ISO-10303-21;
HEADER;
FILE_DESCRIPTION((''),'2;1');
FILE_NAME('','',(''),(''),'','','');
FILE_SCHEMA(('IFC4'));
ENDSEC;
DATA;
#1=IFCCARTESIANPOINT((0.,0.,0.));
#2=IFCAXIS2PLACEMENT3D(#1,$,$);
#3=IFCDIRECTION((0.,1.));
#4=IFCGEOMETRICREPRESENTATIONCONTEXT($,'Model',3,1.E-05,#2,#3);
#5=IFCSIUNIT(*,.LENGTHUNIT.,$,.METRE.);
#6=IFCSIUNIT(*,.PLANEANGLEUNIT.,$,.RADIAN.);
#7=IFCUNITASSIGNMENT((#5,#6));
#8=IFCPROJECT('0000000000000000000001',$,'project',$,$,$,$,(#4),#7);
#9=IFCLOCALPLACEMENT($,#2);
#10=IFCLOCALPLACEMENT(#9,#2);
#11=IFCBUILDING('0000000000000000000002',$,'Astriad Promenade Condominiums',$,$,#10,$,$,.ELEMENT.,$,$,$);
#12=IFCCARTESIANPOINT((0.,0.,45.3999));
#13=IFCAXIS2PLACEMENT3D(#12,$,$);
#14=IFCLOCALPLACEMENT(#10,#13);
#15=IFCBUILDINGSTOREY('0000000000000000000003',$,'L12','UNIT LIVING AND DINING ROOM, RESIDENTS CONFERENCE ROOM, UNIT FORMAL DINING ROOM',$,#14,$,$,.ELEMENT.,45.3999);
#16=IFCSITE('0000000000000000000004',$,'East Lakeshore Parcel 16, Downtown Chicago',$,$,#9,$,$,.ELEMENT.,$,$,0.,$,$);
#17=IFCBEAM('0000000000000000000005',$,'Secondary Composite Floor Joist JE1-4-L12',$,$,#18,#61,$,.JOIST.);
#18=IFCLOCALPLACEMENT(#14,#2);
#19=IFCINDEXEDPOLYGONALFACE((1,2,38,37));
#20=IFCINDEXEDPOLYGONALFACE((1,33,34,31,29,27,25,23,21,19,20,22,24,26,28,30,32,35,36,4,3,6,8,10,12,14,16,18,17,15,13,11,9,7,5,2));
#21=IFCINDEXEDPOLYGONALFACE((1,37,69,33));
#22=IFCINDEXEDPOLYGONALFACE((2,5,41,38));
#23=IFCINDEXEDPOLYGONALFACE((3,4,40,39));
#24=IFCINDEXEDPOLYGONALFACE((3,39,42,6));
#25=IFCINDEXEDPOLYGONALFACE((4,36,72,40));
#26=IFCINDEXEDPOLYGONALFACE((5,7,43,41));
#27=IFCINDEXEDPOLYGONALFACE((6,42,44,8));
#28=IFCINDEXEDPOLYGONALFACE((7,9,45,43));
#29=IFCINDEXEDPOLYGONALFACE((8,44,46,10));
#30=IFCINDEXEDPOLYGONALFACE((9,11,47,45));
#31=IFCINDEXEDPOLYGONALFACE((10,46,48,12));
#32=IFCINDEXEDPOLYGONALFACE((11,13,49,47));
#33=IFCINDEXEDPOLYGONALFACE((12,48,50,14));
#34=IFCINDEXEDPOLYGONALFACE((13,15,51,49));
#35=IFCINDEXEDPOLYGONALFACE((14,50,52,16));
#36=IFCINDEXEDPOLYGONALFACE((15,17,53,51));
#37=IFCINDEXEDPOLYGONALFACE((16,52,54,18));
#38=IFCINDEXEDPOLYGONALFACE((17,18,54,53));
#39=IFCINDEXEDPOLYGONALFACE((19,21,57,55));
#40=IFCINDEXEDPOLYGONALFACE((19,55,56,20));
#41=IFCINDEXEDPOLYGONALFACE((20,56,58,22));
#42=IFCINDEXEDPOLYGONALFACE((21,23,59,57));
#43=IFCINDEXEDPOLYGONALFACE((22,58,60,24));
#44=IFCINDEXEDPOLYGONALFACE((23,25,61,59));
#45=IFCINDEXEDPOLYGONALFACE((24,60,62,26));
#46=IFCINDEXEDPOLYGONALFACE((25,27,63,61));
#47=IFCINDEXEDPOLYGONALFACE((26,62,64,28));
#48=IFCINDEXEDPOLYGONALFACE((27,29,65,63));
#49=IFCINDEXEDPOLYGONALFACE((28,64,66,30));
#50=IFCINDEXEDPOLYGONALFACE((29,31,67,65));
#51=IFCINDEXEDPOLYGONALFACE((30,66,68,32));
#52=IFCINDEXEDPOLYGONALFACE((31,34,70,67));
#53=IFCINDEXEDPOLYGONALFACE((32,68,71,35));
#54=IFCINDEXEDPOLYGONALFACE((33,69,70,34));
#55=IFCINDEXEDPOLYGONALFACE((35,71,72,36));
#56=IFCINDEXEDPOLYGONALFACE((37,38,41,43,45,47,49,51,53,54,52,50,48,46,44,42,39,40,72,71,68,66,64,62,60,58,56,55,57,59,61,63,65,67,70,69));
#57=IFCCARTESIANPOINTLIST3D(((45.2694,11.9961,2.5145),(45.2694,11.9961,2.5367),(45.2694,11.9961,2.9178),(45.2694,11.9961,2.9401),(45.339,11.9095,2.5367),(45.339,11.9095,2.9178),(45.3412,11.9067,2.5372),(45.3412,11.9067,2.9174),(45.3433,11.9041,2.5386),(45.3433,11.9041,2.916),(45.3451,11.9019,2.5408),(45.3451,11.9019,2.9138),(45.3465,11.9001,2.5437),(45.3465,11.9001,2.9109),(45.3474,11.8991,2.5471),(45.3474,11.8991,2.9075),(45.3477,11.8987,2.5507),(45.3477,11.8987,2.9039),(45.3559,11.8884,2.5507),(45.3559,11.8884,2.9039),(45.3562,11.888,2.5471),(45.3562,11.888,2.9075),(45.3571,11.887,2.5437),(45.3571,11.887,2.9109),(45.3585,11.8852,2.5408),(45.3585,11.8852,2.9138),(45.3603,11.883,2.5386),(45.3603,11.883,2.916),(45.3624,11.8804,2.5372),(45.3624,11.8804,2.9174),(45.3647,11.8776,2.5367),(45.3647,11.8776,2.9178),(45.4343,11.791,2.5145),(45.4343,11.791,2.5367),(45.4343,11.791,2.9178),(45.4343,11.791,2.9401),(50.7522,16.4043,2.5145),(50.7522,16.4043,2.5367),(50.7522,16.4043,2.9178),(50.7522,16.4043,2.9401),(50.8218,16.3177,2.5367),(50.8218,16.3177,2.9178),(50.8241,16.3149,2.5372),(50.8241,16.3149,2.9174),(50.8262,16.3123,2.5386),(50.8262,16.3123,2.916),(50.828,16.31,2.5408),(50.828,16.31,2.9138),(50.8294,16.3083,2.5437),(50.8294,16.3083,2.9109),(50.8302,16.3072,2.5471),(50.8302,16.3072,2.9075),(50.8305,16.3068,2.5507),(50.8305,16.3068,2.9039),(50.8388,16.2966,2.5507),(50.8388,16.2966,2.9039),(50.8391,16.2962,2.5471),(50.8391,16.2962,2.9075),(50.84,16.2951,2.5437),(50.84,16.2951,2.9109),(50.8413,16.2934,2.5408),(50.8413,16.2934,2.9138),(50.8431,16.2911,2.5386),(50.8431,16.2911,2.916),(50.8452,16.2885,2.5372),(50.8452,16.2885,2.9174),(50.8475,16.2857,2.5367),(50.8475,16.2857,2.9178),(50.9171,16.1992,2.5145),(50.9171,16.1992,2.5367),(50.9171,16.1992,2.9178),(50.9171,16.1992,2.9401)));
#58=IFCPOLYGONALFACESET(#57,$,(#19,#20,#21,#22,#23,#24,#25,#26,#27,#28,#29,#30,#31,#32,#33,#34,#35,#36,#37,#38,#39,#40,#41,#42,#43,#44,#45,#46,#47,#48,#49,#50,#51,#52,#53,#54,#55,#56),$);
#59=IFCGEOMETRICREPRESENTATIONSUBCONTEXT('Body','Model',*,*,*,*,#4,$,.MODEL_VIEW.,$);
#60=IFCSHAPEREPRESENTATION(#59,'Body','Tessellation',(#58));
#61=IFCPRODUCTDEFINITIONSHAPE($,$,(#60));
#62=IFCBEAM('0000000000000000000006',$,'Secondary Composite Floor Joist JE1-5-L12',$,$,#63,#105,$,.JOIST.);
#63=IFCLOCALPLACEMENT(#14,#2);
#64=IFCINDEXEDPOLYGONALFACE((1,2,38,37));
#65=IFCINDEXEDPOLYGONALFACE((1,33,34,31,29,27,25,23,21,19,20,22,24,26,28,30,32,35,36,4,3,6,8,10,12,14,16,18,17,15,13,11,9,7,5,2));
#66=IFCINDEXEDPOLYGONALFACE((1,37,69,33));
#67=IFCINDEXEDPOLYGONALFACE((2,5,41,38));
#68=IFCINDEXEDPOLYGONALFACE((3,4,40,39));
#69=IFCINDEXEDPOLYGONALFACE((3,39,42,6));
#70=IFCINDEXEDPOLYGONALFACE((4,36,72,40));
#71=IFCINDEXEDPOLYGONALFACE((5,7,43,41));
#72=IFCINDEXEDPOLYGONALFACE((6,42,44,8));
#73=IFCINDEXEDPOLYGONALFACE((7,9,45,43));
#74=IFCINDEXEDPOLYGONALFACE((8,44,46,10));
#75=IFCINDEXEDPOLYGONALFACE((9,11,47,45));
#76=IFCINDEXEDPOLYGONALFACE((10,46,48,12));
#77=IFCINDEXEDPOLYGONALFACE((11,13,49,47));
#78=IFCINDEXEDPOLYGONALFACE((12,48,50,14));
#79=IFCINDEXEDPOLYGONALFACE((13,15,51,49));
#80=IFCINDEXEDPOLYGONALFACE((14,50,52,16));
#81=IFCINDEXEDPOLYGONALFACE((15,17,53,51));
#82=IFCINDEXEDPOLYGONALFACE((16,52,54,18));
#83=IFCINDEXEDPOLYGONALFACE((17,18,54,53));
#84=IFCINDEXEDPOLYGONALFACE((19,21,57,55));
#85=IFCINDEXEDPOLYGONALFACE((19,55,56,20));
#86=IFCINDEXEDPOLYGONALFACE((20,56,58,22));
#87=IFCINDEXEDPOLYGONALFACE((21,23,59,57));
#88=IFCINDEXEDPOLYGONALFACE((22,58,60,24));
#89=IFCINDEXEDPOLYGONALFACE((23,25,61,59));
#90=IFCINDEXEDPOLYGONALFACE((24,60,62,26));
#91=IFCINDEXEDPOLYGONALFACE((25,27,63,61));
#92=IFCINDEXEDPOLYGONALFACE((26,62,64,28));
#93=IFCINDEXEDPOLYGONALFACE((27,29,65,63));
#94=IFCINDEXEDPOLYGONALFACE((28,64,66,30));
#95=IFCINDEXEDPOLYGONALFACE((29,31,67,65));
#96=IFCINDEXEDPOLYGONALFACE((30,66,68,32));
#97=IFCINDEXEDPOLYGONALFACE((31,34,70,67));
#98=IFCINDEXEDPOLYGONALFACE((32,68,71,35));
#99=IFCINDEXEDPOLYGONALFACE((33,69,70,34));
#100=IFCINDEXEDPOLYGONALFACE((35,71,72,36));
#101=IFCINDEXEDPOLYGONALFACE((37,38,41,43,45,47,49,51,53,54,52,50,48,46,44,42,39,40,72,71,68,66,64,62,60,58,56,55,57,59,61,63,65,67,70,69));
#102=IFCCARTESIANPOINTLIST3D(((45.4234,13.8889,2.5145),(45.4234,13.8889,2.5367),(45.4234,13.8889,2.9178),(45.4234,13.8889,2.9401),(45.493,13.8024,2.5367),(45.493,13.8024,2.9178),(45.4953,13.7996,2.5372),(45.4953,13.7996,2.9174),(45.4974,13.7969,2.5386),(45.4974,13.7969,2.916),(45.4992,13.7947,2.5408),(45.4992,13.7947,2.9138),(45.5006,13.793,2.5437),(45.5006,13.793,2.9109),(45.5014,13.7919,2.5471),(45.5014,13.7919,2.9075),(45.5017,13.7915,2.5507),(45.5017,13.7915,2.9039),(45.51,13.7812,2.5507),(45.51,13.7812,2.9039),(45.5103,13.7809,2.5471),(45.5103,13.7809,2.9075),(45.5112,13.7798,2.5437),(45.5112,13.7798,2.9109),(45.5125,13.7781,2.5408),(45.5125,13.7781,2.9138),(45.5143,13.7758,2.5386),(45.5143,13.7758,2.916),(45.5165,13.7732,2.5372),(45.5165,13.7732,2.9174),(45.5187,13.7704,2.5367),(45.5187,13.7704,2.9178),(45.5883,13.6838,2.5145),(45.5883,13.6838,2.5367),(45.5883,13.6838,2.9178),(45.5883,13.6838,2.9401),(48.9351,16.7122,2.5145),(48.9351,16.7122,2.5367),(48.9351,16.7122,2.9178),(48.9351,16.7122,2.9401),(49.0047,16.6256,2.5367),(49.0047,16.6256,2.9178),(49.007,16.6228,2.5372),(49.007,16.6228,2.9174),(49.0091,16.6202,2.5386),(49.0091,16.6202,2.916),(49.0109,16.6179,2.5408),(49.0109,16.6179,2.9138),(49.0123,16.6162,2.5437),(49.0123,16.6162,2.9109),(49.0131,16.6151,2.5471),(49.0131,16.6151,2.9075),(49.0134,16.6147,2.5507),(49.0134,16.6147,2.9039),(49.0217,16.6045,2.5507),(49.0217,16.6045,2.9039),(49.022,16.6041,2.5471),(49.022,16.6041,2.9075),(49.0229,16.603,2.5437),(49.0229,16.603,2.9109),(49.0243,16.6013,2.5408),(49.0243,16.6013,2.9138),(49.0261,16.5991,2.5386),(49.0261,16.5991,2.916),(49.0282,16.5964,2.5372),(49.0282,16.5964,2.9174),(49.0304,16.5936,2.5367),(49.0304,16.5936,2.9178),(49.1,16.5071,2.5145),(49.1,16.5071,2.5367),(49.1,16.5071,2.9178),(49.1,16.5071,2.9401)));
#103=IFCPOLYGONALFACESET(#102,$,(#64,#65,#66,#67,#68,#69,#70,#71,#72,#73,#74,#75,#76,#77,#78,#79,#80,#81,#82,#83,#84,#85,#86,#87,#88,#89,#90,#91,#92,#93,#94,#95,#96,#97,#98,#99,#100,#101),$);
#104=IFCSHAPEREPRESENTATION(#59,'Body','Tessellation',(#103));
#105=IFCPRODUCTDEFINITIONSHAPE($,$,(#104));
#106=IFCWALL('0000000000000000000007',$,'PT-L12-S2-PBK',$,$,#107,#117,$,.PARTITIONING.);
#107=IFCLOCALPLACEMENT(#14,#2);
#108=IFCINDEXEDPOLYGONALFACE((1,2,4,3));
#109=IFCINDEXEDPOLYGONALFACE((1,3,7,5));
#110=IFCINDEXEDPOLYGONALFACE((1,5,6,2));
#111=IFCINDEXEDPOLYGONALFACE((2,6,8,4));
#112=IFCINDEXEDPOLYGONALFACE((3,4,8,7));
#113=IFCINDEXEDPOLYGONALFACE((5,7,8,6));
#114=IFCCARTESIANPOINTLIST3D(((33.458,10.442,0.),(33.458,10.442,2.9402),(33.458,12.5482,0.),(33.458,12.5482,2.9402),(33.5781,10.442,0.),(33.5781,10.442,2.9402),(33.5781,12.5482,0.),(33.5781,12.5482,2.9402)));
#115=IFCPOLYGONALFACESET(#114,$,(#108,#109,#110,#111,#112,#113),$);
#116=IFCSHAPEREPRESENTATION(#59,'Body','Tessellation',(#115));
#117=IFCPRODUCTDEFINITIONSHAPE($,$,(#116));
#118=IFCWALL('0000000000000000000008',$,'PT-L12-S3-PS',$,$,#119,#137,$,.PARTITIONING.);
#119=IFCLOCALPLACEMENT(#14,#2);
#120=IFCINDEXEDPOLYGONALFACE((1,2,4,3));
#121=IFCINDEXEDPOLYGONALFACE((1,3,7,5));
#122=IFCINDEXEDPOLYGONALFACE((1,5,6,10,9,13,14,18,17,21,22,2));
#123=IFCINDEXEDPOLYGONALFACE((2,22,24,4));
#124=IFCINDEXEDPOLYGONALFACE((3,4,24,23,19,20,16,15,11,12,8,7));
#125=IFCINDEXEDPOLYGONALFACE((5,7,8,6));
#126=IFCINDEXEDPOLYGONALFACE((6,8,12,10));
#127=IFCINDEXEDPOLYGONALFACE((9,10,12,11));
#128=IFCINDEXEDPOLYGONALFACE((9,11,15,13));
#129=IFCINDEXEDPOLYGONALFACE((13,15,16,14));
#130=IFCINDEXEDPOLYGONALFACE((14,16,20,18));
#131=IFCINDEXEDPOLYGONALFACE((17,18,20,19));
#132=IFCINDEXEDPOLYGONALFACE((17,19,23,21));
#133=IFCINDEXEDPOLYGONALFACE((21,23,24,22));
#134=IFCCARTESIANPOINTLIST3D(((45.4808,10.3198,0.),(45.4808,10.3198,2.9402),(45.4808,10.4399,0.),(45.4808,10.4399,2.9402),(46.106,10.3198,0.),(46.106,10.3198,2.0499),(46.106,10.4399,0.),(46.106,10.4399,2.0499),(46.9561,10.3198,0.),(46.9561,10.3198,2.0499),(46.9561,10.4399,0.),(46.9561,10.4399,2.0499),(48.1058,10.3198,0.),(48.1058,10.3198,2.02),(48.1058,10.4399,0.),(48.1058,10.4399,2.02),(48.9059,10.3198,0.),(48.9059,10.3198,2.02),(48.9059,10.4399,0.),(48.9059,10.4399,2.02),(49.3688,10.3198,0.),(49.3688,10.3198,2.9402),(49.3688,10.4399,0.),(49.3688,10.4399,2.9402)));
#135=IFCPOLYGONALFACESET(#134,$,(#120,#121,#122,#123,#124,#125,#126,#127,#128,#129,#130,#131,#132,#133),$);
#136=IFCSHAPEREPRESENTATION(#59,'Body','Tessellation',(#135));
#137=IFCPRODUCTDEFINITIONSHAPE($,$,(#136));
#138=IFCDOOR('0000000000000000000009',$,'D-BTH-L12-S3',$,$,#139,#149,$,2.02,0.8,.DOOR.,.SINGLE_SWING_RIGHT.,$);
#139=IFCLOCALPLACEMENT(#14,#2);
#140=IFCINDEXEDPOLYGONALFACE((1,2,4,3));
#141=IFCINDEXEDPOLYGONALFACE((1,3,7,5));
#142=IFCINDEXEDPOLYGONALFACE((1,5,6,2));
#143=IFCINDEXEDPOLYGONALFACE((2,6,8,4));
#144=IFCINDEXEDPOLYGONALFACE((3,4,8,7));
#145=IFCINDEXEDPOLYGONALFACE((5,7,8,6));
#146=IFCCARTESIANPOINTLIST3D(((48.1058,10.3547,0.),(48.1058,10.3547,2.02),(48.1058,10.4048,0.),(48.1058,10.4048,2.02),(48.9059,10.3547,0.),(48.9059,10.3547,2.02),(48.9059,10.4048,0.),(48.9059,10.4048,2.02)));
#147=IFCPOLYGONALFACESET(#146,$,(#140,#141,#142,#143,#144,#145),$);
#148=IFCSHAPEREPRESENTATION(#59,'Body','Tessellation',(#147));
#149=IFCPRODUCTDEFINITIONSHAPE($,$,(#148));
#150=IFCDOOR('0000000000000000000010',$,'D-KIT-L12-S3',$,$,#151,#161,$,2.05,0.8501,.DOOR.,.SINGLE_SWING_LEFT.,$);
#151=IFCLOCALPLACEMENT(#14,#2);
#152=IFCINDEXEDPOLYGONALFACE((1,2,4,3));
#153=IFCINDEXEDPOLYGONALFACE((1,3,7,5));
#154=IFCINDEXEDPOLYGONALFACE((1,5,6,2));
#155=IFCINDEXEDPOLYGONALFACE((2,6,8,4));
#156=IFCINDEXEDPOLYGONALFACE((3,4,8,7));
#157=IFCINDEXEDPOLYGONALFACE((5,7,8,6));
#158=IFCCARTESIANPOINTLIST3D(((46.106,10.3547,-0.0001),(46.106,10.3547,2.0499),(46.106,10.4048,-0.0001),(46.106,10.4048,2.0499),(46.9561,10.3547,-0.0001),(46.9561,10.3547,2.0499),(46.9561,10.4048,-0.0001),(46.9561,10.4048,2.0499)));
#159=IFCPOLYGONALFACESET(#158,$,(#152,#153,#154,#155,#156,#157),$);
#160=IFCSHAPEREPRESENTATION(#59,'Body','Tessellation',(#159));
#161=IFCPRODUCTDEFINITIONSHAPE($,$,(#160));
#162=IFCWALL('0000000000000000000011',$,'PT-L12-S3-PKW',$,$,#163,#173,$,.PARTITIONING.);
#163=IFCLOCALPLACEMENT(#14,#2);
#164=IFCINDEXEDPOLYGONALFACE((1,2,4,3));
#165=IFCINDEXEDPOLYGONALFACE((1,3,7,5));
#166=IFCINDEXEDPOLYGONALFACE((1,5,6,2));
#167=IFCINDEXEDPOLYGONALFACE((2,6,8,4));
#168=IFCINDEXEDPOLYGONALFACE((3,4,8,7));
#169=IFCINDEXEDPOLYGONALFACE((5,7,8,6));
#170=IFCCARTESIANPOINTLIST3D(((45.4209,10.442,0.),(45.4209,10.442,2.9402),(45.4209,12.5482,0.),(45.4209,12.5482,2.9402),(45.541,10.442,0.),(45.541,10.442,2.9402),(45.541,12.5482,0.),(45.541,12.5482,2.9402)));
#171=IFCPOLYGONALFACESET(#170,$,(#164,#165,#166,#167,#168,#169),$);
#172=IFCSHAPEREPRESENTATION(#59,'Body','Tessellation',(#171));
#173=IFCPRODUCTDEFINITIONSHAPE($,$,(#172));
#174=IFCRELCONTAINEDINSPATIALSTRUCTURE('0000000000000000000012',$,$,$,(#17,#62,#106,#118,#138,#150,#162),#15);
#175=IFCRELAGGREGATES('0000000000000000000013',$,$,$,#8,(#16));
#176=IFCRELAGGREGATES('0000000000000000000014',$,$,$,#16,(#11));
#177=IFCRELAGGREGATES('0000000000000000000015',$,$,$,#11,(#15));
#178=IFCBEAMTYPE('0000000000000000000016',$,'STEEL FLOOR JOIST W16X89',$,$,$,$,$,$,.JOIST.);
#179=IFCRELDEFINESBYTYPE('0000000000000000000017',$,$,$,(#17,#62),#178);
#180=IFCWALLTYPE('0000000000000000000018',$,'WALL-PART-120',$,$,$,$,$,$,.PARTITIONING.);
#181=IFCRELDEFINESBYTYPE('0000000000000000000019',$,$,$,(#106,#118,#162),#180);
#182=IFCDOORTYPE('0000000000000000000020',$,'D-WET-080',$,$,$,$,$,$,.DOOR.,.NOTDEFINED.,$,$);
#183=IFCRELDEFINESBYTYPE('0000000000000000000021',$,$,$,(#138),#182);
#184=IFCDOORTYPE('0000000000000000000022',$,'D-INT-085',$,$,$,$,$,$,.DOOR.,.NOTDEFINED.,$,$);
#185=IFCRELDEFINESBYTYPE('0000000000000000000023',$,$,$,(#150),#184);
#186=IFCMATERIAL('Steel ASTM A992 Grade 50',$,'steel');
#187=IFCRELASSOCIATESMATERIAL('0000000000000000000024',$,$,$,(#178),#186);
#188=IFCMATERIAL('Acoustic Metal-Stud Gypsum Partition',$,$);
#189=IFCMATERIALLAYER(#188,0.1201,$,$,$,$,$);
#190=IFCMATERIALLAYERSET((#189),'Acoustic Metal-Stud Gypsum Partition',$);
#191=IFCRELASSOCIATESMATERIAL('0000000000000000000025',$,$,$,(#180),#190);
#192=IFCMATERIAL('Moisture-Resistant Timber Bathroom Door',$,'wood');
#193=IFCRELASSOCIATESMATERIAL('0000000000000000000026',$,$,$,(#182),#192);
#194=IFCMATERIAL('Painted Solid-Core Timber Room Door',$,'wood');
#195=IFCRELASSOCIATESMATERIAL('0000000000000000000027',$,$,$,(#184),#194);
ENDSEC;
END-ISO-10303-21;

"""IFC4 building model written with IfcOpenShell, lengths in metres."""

from ifc_helpers import new_model, si_unit, direction, frame, frame_2d, origin, origin_2d, place, context, subcontext, project, spatial, rectangle, i_section, extrude, source, transform, mapped, material, layer, layer_set, material_profile, profile_set, type_object, type_shapes, element, fill, save


model = new_model("IFC4")

# Units and contexts
model_context = context("Model", 3, precision=1e-05, world=origin(), true_north=direction((0.0, 1.0)))
body_context = subcontext(model_context, "Body", "Model", "MODEL_VIEW")
ifc_project = project(units=[si_unit("LENGTHUNIT", "METRE"), si_unit("PLANEANGLEUNIT", "RADIAN")], contexts=[model_context])

# Site, building, storey
site_placement = place(None, origin())
site = spatial("IfcSite", under=ifc_project, at=site_placement, Name="East Lakeshore Parcel 16, Downtown Chicago", CompositionType="ELEMENT", RefElevation=0.0)
building_placement = place(site_placement, origin())
building = spatial("IfcBuilding", under=site, at=building_placement, Name="Astriad Promenade Condominiums", CompositionType="ELEMENT")
storey_placement = place(building_placement, frame((0.0, 0.0, 45.3999)))
storey = spatial("IfcBuildingStorey", under=building, at=storey_placement, Name="L12", Description="UNIT LIVING AND DINING ROOM, RESIDENTS CONFERENCE ROOM, UNIT FORMAL DINING ROOM", CompositionType="ELEMENT", Elevation=45.3999)

# Shared definitions
ifc_material_1 = material(Name="Steel ASTM A992 Grade 50", Category="steel")

# Beams
ifc_material_profile_1 = material_profile(ifc_material_1, i_section(OverallWidth=0.2632, OverallDepth=0.4255, WebThickness=0.0132, FlangeThickness=0.0222, FilletRadius=0.0139, at=origin_2d()), Name="W16X89")
ifc_profile_set_1 = profile_set([ifc_material_profile_1], Name="Steel ASTM A992 Grade 50")
beam_type = type_object("IfcBeamType", Name="STEEL FLOOR JOIST W16X89", PredefinedType="JOIST", material=ifc_profile_set_1)
shared_shape_1 = source(origin(), body_context, "Body", "SweptSolid", [
    extrude(i_section(OverallWidth=0.2632, OverallDepth=0.4255, WebThickness=0.0132, FlangeThickness=0.0222, FilletRadius=0.0139, at=origin_2d()), origin(), (0.0, 0.0, 1.0), 7.0352),
])
beam_1_placement = place(storey_placement, frame((45.3518, 11.8936, 2.7273), z_axis=(0.77935, 0.626589, 0.0), x_axis=(-0.626589, 0.77935, 0.0)))
element("IfcBeam", 1, at=beam_1_placement, inside=storey, type_object=beam_type, Name="Secondary Composite Floor Joist JE1-4-L12", PredefinedType="JOIST", context=body_context, shape_type="MappedRepresentation", body=[
    mapped(shared_shape_1, transform((0.0, 0.0, 0.0), scale=1.0)),
])
shared_shape_2 = source(origin(), body_context, "Body", "SweptSolid", [
    extrude(i_section(OverallWidth=0.2632, OverallDepth=0.4255, WebThickness=0.0132, FlangeThickness=0.0222, FilletRadius=0.0139, at=origin_2d()), origin(), (0.0, 0.0, 1.0), 4.5059),
])
beam_2_placement = place(storey_placement, frame((45.5059, 13.7864, 2.7273), z_axis=(0.779365, 0.62657, 0.0), x_axis=(-0.62657, 0.779365, 0.0)))
element("IfcBeam", 2, at=beam_2_placement, inside=storey, type_object=beam_type, Name="Secondary Composite Floor Joist JE1-5-L12", PredefinedType="JOIST", context=body_context, shape_type="MappedRepresentation", body=[
    mapped(shared_shape_2, transform((0.0, 0.0, 0.0), scale=1.0)),
])

# Wall
ifc_material_2 = material(Name="Acoustic Metal-Stud Gypsum Partition")
ifc_layer_1 = layer(ifc_material_2, 0.1201)
ifc_layer_set_1 = layer_set([ifc_layer_1], Name="Acoustic Metal-Stud Gypsum Partition")
wall_type_1 = type_object("IfcWallType", Name="WALL-PART-120", PredefinedType="PARTITIONING", material=ifc_layer_set_1)
wall_1_placement = place(storey_placement, frame((33.5181, 10.4419, 0.0), z_axis=(0.0, 0.0, 1.0), x_axis=(0.0, 1.0, 0.0)))
element("IfcWall", 3, at=wall_1_placement, inside=storey, type_object=wall_type_1, Name="PT-L12-S2-PBK", PredefinedType="PARTITIONING", context=body_context, shape_type="SweptSolid", body=[
    extrude(rectangle(XDim=2.1062, YDim=0.1201, at=frame_2d((1.0532, 0.0))), origin(), (0.0, 0.0, 1.0), 2.9402),
])

# Wall, openings, doors
wall_2_placement = place(storey_placement, frame((45.481, 10.3799, 0.0), z_axis=(0.0, 0.0, 1.0), x_axis=(1.0, 0.0, 0.0)))
wall_2 = element("IfcWall", 4, at=wall_2_placement, inside=storey, type_object=wall_type_1, Name="PT-L12-S3-PS", PredefinedType="PARTITIONING", context=body_context, shape_type="SweptSolid", body=[
    extrude(rectangle(XDim=3.8879, YDim=0.1201, at=frame_2d((1.9438, 0.0))), origin(), (0.0, 0.0, 1.0), 2.9402),
])
opening_1_placement = place(wall_2_placement, frame((0.625, 0.0, 0.0)))
opening_1 = element("IfcOpeningElement", 5, at=opening_1_placement, cuts=wall_2, PredefinedType="OPENING", context=body_context, shape_type="SweptSolid", body=[
    extrude(rectangle(XDim=0.8501, YDim=2.05, at=frame_2d((0.425, 1.0249))), frame((0.0, 0.0701, 0.0), z_axis=(0.0, -1.0, 0.0), x_axis=(1.0, 0.0, 0.0)), (0.0, 0.0, 1.0), 0.1401),
])
opening_2_placement = place(wall_2_placement, frame((2.625, 0.0, 0.0)))
opening_2 = element("IfcOpeningElement", 6, at=opening_2_placement, cuts=wall_2, PredefinedType="OPENING", context=body_context, shape_type="SweptSolid", body=[
    extrude(rectangle(XDim=0.8, YDim=2.02, at=frame_2d((0.3999, 1.01))), frame((0.0, 0.0701, 0.0), z_axis=(0.0, -1.0, 0.0), x_axis=(1.0, 0.0, 0.0)), (0.0, 0.0, 1.0), 0.1401),
])
ifc_material_3 = material(Name="Moisture-Resistant Timber Bathroom Door", Category="wood")
door_type_1 = type_object("IfcDoorType", Name="D-WET-080", OperationType="NOTDEFINED", PredefinedType="DOOR", material=ifc_material_3)
shared_shape_3 = source(origin(), body_context, "Body", "SweptSolid", [
    extrude(rectangle(XDim=0.8, YDim=2.02, at=frame_2d((0.3999, 1.01))), frame((0.0, 0.0249, 0.0), z_axis=(0.0, -1.0, 0.0), x_axis=(1.0, 0.0, 0.0)), (0.0, 0.0, 1.0), 0.05),
])
type_shapes(door_type_1, [shared_shape_3])
door_1_placement = place(opening_2_placement, origin())
door_1 = element("IfcDoor", 7, at=door_1_placement, inside=storey, type_object=door_type_1, Name="D-BTH-L12-S3", OperationType="SINGLE_SWING_RIGHT", OverallHeight=2.02, OverallWidth=0.8, PredefinedType="DOOR", context=body_context, shape_type="MappedRepresentation", body=[
    mapped(shared_shape_3, transform((0.0, 0.0, 0.0), scale=1.0)),
])
fill(opening_2, door_1)
ifc_material_4 = material(Name="Painted Solid-Core Timber Room Door", Category="wood")
door_type_2 = type_object("IfcDoorType", Name="D-INT-085", OperationType="NOTDEFINED", PredefinedType="DOOR", material=ifc_material_4)
shared_shape_4 = source(origin(), body_context, "Body", "SweptSolid", [
    extrude(rectangle(XDim=0.8501, YDim=2.05, at=frame_2d((0.425, 1.0249))), frame((0.0, 0.0249, 0.0), z_axis=(0.0, -1.0, 0.0), x_axis=(1.0, 0.0, 0.0)), (0.0, 0.0, 1.0), 0.05),
])
type_shapes(door_type_2, [shared_shape_4])
door_2_placement = place(opening_1_placement, origin())
door_2 = element("IfcDoor", 8, at=door_2_placement, inside=storey, type_object=door_type_2, Name="D-KIT-L12-S3", OperationType="SINGLE_SWING_LEFT", OverallHeight=2.05, OverallWidth=0.8501, PredefinedType="DOOR", context=body_context, shape_type="MappedRepresentation", body=[
    mapped(shared_shape_4, transform((0.0, 0.0, 0.0), scale=1.0)),
])
fill(opening_1, door_2)

# Wall
wall_3_placement = place(storey_placement, frame((45.481, 10.4419, 0.0), z_axis=(0.0, 0.0, 1.0), x_axis=(0.0, 1.0, 0.0)))
element("IfcWall", 9, at=wall_3_placement, inside=storey, type_object=wall_type_1, Name="PT-L12-S3-PKW", PredefinedType="PARTITIONING", context=body_context, shape_type="SweptSolid", body=[
    extrude(rectangle(XDim=2.1062, YDim=0.1201, at=frame_2d((1.0532, 0.0))), origin(), (0.0, 0.0, 1.0), 2.9402),
])

save(model, "model.ifc")
